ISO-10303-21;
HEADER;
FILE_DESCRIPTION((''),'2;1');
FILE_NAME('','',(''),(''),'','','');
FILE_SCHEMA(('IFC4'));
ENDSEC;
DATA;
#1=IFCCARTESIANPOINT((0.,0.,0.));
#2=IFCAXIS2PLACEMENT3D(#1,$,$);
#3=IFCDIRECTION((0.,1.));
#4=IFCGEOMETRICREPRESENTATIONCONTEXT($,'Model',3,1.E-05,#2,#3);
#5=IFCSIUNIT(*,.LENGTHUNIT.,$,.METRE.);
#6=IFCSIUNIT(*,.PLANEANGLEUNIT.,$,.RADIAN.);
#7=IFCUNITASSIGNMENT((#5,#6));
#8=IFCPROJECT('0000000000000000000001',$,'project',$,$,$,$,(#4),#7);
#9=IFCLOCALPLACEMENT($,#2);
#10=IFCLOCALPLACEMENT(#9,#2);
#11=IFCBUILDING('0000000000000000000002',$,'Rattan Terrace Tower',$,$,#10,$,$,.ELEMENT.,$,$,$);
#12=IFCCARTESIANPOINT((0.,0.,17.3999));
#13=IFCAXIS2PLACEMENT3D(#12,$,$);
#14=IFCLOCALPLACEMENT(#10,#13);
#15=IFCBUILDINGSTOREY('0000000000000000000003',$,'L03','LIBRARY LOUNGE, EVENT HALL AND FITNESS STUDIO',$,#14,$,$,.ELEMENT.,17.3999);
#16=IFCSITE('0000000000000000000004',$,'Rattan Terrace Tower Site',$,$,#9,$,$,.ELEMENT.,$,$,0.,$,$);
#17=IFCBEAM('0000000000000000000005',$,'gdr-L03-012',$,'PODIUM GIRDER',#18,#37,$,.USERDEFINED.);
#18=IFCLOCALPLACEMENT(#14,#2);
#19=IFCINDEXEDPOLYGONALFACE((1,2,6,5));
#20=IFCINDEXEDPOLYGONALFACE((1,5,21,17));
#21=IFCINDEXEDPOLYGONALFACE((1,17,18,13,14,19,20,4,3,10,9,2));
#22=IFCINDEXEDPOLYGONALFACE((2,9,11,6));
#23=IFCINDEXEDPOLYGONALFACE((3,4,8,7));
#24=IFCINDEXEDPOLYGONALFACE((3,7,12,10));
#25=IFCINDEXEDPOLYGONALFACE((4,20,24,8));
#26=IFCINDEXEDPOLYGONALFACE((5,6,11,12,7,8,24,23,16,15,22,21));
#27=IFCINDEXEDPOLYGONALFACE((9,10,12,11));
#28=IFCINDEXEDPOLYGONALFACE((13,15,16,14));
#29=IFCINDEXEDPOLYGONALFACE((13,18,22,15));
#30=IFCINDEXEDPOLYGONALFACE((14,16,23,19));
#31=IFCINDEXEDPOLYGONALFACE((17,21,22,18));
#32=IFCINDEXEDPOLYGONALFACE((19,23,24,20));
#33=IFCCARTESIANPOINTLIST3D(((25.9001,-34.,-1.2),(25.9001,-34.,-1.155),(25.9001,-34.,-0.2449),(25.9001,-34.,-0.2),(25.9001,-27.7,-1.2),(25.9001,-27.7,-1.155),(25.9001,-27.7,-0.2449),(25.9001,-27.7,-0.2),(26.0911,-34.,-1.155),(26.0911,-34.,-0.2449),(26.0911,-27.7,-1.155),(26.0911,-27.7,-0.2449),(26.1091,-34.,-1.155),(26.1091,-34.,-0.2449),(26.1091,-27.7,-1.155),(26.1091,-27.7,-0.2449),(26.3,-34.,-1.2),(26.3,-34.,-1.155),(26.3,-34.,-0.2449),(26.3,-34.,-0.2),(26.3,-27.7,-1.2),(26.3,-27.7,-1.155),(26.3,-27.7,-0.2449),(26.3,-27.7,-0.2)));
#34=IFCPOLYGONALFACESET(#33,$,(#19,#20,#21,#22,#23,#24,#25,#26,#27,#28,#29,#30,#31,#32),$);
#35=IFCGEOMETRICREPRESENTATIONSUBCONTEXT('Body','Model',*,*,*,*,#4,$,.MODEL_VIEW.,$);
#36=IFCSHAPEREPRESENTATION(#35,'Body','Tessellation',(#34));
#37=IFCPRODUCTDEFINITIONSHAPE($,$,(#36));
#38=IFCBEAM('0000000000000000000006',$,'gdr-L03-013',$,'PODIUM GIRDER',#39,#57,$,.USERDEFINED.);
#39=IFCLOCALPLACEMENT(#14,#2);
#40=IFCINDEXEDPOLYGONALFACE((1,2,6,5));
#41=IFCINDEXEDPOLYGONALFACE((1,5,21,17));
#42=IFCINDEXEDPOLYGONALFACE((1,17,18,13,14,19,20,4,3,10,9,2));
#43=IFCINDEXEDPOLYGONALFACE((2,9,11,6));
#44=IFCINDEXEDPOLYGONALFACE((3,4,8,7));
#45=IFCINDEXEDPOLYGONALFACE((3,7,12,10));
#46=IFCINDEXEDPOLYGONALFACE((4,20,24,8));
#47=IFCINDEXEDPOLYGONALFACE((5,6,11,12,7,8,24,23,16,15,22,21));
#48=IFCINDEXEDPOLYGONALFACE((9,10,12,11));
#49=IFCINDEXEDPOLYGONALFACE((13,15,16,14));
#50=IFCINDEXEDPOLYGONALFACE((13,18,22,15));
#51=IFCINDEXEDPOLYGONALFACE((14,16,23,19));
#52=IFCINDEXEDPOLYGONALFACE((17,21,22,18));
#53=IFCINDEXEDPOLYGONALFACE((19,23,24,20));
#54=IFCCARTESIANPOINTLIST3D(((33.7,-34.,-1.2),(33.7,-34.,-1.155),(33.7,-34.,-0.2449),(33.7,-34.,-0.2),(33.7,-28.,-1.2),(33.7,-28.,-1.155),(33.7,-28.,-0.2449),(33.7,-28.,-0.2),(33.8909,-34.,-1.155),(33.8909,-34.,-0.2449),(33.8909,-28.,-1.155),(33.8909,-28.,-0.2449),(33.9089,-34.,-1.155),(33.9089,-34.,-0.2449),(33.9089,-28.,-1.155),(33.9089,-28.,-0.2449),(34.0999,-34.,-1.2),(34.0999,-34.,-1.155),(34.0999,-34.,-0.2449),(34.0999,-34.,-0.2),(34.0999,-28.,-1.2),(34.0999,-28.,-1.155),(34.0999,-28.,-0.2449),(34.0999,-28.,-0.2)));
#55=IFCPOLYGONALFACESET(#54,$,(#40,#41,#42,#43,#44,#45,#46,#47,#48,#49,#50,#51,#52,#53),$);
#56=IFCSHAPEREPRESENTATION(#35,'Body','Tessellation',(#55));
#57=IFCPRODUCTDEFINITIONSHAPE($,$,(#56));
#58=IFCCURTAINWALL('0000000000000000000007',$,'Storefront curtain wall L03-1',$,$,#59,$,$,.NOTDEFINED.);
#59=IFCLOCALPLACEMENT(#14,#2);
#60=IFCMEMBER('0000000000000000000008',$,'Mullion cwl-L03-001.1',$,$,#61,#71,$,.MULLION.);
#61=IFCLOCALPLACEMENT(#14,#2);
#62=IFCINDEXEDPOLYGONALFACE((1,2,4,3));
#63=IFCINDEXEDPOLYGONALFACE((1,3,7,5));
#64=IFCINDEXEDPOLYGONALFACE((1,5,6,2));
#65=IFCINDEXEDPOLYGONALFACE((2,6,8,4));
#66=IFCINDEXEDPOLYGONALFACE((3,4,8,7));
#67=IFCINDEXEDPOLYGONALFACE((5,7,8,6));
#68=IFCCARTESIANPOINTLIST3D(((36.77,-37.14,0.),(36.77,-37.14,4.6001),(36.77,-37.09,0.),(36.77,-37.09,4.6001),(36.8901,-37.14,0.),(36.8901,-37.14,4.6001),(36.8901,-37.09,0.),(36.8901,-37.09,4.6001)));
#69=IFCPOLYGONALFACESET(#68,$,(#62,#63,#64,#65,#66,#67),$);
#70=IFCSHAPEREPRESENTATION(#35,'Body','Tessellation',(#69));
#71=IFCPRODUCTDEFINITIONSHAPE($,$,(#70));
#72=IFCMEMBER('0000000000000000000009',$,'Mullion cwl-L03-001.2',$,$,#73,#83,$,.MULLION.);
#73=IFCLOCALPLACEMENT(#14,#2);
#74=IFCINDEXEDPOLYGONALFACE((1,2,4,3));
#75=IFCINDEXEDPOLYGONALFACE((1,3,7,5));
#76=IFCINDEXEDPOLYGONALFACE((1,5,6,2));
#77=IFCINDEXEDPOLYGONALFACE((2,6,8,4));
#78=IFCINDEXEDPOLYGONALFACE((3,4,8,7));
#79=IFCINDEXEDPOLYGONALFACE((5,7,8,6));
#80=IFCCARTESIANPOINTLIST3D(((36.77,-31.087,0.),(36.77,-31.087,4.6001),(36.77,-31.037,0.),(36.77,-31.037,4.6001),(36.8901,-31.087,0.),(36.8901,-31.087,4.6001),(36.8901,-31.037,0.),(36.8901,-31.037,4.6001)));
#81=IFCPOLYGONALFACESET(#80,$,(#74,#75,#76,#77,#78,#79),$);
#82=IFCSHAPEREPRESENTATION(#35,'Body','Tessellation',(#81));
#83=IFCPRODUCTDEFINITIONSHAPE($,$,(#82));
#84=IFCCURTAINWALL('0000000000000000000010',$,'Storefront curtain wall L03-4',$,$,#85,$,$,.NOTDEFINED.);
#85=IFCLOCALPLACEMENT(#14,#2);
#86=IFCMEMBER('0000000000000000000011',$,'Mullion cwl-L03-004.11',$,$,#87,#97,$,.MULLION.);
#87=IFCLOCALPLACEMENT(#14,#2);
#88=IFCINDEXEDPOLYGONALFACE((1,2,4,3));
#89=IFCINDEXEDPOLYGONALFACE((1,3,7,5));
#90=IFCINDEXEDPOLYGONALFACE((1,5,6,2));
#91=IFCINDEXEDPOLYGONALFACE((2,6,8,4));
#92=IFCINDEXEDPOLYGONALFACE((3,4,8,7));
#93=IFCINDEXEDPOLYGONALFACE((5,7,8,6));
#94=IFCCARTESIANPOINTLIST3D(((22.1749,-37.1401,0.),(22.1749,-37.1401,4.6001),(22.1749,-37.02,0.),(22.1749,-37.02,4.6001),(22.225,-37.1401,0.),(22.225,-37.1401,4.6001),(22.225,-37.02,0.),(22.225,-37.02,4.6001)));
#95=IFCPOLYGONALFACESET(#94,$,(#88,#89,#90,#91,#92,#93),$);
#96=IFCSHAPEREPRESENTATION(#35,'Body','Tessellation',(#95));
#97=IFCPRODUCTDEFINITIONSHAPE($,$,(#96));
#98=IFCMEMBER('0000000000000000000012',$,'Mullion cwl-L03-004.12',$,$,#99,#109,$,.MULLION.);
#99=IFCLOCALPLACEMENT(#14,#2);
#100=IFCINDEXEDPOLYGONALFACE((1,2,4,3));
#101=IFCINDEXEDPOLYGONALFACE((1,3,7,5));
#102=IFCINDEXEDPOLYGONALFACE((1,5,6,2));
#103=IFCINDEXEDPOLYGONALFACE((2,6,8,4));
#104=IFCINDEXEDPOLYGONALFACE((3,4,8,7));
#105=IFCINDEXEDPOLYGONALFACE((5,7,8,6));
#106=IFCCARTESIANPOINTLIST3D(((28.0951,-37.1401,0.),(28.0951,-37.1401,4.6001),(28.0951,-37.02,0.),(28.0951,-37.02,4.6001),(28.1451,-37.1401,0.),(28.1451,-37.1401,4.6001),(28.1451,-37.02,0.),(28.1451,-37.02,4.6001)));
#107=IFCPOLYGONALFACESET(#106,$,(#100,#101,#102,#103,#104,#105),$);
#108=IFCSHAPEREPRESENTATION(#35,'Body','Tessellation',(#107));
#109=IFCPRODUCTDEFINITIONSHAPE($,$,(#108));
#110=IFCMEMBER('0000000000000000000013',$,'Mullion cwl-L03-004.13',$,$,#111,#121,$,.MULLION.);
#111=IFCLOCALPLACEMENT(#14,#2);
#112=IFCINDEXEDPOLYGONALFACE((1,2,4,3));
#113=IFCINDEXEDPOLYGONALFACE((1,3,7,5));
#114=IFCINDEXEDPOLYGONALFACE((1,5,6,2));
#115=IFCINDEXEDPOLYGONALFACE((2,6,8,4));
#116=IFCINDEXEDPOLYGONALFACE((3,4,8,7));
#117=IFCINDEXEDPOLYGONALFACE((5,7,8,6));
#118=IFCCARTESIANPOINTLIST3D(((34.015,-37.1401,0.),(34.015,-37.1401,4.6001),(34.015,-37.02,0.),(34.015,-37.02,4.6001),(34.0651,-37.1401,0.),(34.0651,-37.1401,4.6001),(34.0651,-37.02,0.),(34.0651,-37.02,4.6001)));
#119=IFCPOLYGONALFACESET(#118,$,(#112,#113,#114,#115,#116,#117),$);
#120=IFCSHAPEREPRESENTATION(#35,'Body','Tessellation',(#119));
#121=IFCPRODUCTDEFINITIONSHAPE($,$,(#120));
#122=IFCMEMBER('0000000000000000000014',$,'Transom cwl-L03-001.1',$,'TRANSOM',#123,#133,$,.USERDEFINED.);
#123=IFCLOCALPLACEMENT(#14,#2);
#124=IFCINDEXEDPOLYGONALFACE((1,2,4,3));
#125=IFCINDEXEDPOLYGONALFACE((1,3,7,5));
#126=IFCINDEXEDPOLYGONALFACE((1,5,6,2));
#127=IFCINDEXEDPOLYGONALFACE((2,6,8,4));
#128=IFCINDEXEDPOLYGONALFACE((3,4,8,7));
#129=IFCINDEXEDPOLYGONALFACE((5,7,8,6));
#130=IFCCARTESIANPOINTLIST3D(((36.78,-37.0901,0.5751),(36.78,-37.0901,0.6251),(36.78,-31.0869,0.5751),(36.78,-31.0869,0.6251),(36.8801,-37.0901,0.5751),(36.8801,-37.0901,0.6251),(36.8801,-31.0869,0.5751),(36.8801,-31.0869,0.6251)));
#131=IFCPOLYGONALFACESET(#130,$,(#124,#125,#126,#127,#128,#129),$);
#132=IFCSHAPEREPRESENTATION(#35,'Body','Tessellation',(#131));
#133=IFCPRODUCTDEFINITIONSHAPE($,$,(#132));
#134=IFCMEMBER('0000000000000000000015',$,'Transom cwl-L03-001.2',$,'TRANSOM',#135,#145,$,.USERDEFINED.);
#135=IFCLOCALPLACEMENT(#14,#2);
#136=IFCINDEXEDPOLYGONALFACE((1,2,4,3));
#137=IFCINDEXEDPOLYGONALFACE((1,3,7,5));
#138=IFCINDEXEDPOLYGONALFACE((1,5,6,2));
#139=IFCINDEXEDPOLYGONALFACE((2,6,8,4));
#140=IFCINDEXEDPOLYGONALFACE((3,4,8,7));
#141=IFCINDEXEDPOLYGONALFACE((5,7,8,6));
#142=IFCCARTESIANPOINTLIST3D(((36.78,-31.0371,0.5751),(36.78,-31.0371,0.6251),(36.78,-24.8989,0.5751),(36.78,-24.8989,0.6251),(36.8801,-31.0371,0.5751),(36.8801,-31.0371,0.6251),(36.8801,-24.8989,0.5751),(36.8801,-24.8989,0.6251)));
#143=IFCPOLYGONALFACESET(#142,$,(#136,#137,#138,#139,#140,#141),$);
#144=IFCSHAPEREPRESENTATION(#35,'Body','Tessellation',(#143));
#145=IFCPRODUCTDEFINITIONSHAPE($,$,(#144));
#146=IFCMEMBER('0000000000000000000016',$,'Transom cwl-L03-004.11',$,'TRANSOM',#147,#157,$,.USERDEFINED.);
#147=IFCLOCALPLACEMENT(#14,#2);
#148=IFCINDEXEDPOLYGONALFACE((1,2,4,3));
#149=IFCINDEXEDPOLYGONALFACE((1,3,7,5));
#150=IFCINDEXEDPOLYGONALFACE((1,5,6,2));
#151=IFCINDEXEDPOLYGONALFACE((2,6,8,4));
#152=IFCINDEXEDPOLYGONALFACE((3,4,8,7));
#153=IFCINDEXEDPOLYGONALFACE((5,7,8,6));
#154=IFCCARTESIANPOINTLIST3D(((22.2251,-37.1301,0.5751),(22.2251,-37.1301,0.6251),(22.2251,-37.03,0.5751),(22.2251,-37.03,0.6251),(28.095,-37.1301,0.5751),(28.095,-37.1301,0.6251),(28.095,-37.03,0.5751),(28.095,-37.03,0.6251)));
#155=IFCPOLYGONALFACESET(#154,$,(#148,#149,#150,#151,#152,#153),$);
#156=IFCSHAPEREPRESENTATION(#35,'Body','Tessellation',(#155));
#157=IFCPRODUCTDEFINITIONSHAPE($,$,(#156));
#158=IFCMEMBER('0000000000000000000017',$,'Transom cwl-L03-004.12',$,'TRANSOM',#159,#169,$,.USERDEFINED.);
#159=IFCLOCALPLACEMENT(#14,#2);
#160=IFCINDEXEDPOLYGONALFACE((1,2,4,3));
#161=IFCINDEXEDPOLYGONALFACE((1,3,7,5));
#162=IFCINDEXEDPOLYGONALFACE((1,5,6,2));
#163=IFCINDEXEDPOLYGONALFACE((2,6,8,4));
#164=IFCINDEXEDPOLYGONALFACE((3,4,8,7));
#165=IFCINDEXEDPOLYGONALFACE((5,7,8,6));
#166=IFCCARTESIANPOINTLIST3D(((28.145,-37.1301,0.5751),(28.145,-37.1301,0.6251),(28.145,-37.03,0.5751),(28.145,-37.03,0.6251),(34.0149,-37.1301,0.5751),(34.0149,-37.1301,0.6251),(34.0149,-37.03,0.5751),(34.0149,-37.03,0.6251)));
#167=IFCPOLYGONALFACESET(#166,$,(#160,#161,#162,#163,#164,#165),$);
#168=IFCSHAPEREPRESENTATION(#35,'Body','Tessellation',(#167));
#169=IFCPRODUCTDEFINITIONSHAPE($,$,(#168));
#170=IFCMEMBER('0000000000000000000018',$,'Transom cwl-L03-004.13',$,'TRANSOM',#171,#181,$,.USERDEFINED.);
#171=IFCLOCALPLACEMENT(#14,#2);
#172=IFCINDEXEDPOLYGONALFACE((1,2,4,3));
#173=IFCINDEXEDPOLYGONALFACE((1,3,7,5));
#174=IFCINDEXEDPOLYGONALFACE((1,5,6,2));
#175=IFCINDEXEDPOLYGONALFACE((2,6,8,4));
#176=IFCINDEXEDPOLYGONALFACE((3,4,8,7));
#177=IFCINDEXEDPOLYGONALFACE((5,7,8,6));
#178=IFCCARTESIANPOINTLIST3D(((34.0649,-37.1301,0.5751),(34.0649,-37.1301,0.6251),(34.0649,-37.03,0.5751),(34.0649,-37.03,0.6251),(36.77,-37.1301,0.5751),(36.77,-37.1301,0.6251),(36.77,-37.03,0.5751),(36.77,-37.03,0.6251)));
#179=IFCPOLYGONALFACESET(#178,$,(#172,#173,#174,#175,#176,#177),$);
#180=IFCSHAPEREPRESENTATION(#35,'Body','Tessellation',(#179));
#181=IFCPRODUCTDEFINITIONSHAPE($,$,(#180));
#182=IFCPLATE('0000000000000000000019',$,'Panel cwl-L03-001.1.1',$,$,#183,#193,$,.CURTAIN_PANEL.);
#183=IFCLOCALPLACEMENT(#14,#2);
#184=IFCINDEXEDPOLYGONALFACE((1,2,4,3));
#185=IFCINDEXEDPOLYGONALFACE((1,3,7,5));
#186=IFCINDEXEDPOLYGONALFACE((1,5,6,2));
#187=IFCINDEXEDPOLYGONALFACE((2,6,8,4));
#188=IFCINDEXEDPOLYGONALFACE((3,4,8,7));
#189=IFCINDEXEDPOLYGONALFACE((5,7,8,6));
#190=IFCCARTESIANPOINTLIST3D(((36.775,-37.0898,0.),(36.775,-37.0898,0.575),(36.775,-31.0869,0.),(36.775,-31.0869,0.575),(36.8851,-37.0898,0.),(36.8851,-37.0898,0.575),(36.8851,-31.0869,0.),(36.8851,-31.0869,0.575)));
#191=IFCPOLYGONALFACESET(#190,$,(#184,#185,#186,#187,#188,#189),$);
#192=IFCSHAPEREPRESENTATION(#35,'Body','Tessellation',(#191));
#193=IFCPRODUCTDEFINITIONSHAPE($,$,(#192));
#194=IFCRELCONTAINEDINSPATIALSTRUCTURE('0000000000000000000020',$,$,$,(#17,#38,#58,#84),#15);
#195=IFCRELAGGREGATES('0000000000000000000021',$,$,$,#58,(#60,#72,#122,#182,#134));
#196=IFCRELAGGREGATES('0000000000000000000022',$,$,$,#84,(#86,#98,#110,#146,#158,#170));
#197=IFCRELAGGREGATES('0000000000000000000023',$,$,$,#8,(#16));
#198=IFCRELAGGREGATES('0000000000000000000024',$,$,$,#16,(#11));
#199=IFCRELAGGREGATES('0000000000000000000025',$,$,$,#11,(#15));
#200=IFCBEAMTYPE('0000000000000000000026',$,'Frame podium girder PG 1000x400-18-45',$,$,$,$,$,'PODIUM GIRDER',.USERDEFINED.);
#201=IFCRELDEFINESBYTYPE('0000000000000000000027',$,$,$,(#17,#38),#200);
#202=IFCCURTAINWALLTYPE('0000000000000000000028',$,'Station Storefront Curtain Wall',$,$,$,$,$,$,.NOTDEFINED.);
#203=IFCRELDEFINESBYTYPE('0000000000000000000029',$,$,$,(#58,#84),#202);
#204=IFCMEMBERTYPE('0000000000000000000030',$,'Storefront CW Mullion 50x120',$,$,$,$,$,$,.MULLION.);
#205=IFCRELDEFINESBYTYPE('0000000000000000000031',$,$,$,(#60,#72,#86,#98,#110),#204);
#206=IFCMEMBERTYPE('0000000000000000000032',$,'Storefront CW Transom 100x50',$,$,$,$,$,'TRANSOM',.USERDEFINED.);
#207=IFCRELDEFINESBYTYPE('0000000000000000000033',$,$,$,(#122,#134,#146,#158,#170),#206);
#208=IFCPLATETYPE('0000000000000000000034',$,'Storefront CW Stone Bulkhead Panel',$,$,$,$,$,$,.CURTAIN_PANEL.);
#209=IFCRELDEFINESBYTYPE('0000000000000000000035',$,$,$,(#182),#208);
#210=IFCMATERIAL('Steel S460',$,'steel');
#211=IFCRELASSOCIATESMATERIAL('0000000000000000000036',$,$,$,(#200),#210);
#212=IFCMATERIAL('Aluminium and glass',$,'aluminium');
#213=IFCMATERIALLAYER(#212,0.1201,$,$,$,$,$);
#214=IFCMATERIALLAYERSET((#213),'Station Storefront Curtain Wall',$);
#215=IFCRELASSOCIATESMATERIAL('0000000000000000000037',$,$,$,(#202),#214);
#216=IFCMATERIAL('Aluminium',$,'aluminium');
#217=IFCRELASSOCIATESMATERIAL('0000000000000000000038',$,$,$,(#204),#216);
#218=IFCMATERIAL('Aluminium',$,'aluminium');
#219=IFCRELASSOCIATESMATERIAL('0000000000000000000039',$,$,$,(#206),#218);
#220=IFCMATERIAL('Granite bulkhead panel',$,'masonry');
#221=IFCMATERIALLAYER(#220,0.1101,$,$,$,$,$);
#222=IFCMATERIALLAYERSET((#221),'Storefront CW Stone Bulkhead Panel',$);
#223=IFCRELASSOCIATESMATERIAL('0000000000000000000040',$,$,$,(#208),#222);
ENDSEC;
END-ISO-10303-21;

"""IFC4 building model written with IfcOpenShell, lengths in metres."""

from ifc_helpers import new_model, si_unit, direction, frame, origin, origin_2d, place, context, subcontext, project, spatial, rectangle, i_section, extrude, material, layer, layer_set, material_profile, profile_set, type_object, element, aggregate, save


model = new_model("IFC4")

# Units and contexts
model_context = context("Model", 3, precision=1e-05, world=origin(), true_north=direction((0.0, 1.0)))
body_context = subcontext(model_context, "Body", "Model", "MODEL_VIEW")
ifc_project = project(units=[si_unit("LENGTHUNIT", "METRE"), si_unit("PLANEANGLEUNIT", "RADIAN")], contexts=[model_context])

# Site, building, storey
site_placement = place(None, origin())
site = spatial("IfcSite", under=ifc_project, at=site_placement, Name="Rattan Terrace Tower Site", CompositionType="ELEMENT", RefElevation=0.0)
building_placement = place(site_placement, origin())
building = spatial("IfcBuilding", under=site, at=building_placement, Name="Rattan Terrace Tower", CompositionType="ELEMENT")
storey_placement = place(building_placement, frame((0.0, 0.0, 17.3999)))
storey = spatial("IfcBuildingStorey", under=building, at=storey_placement, Name="L03", Description="LIBRARY LOUNGE, EVENT HALL AND FITNESS STUDIO", CompositionType="ELEMENT", Elevation=17.3999)

# Beams
ifc_material_1 = material(Name="Steel S460", Category="steel")
ifc_material_profile_1 = material_profile(ifc_material_1, i_section(OverallWidth=0.3999, OverallDepth=1.0, WebThickness=0.0181, FlangeThickness=0.0449, at=origin_2d()), Name="PG 1000x400-18-45")
ifc_profile_set_1 = profile_set([ifc_material_profile_1], Name="Steel S460")
beam_type_1 = type_object("IfcBeamType", Name="Frame podium girder PG 1000x400-18-45", ElementType="PODIUM GIRDER", PredefinedType="USERDEFINED", material=ifc_profile_set_1)
beam_1_placement = place(storey_placement, frame((26.1001, -34.0, -0.7), z_axis=(0.0, 1.0, 0.0), x_axis=(-1.0, 0.0, 0.0)))
element("IfcBeam", 1, at=beam_1_placement, inside=storey, type_object=beam_type_1, Name="gdr-L03-012", ObjectType="PODIUM GIRDER", PredefinedType="USERDEFINED", context=body_context, shape_type="SweptSolid", body=[
    extrude(i_section(OverallWidth=0.3999, OverallDepth=1.0, WebThickness=0.0181, FlangeThickness=0.0449, at=origin_2d()), origin(), (0.0, 0.0, 1.0), 6.3),
])
beam_2_placement = place(storey_placement, frame((33.8999, -34.0, -0.7), z_axis=(0.0, 1.0, 0.0), x_axis=(-1.0, 0.0, 0.0)))
element("IfcBeam", 2, at=beam_2_placement, inside=storey, type_object=beam_type_1, Name="gdr-L03-013", ObjectType="PODIUM GIRDER", PredefinedType="USERDEFINED", context=body_context, shape_type="SweptSolid", body=[
    extrude(i_section(OverallWidth=0.3999, OverallDepth=1.0, WebThickness=0.0181, FlangeThickness=0.0449, at=origin_2d()), origin(), (0.0, 0.0, 1.0), 6.0),
])

# Curtain walls, members
ifc_material_2 = material(Name="Aluminium and glass", Category="aluminium")
ifc_layer_1 = layer(ifc_material_2, 0.1201)
ifc_layer_set_1 = layer_set([ifc_layer_1], Name="Station Storefront Curtain Wall")
curtain_wall_type = type_object("IfcCurtainWallType", Name="Station Storefront Curtain Wall", PredefinedType="NOTDEFINED", material=ifc_layer_set_1)
curtain_wall_1_placement = place(storey_placement, origin())
curtain_wall_1 = element("IfcCurtainWall", 3, at=curtain_wall_1_placement, inside=storey, type_object=curtain_wall_type, Name="Storefront curtain wall L03-1", PredefinedType="NOTDEFINED")
ifc_material_3 = material(Name="Aluminium", Category="aluminium")
ifc_material_profile_2 = material_profile(ifc_material_3, rectangle(XDim=0.05, YDim=0.1201, at=origin_2d()), Name="Aluminium 50x120")
ifc_profile_set_2 = profile_set([ifc_material_profile_2], Name="Aluminium")
member_type_1 = type_object("IfcMemberType", Name="Storefront CW Mullion 50x120", PredefinedType="MULLION", material=ifc_profile_set_2)
member_1_placement = place(storey_placement, frame((36.8301, -37.115, 0.0), z_axis=(0.0, 0.0, 1.0), x_axis=(0.0, 1.0, 0.0)))
member_1 = element("IfcMember", 4, at=member_1_placement, type_object=member_type_1, Name="Mullion cwl-L03-001.1", PredefinedType="MULLION", context=body_context, shape_type="SweptSolid", body=[
    extrude(rectangle(XDim=0.05, YDim=0.1201, at=origin_2d()), origin(), (0.0, 0.0, 1.0), 4.6001),
])
member_2_placement = place(storey_placement, frame((36.8301, -31.062, 0.0), z_axis=(0.0, 0.0, 1.0), x_axis=(0.0, 1.0, 0.0)))
member_2 = element("IfcMember", 5, at=member_2_placement, type_object=member_type_1, Name="Mullion cwl-L03-001.2", PredefinedType="MULLION", context=body_context, shape_type="SweptSolid", body=[
    extrude(rectangle(XDim=0.05, YDim=0.1201, at=origin_2d()), origin(), (0.0, 0.0, 1.0), 4.6001),
])
curtain_wall_2_placement = place(storey_placement, origin())
curtain_wall_2 = element("IfcCurtainWall", 6, at=curtain_wall_2_placement, inside=storey, type_object=curtain_wall_type, Name="Storefront curtain wall L03-4", PredefinedType="NOTDEFINED")
member_3_placement = place(storey_placement, frame((22.2, -37.0801, 0.0), z_axis=(0.0, 0.0, 1.0), x_axis=(1.0, 0.0, 0.0)))
member_3 = element("IfcMember", 7, at=member_3_placement, type_object=member_type_1, Name="Mullion cwl-L03-004.11", PredefinedType="MULLION", context=body_context, shape_type="SweptSolid", body=[
    extrude(rectangle(XDim=0.05, YDim=0.1201, at=origin_2d()), origin(), (0.0, 0.0, 1.0), 4.6001),
])
member_4_placement = place(storey_placement, frame((28.1201, -37.0801, 0.0), z_axis=(0.0, 0.0, 1.0), x_axis=(1.0, 0.0, 0.0)))
member_4 = element("IfcMember", 8, at=member_4_placement, type_object=member_type_1, Name="Mullion cwl-L03-004.12", PredefinedType="MULLION", context=body_context, shape_type="SweptSolid", body=[
    extrude(rectangle(XDim=0.05, YDim=0.1201, at=origin_2d()), origin(), (0.0, 0.0, 1.0), 4.6001),
])
member_5_placement = place(storey_placement, frame((34.04, -37.0801, 0.0), z_axis=(0.0, 0.0, 1.0), x_axis=(1.0, 0.0, 0.0)))
member_5 = element("IfcMember", 9, at=member_5_placement, type_object=member_type_1, Name="Mullion cwl-L03-004.13", PredefinedType="MULLION", context=body_context, shape_type="SweptSolid", body=[
    extrude(rectangle(XDim=0.05, YDim=0.1201, at=origin_2d()), origin(), (0.0, 0.0, 1.0), 4.6001),
])

# Members
ifc_material_4 = material(Name="Aluminium", Category="aluminium")
ifc_material_profile_3 = material_profile(ifc_material_4, rectangle(XDim=0.1001, YDim=0.05, at=origin_2d()), Name="Aluminium 100x50")
ifc_profile_set_3 = profile_set([ifc_material_profile_3], Name="Aluminium")
member_type_2 = type_object("IfcMemberType", Name="Storefront CW Transom 100x50", ElementType="TRANSOM", PredefinedType="USERDEFINED", material=ifc_profile_set_3)
member_6_placement = place(storey_placement, frame((36.8301, -37.0901, 0.6001), z_axis=(0.0, 1.0, 0.0), x_axis=(-1.0, 0.0, 0.0)))
member_6 = element("IfcMember", 10, at=member_6_placement, type_object=member_type_2, Name="Transom cwl-L03-001.1", ObjectType="TRANSOM", PredefinedType="USERDEFINED", context=body_context, shape_type="SweptSolid", body=[
    extrude(rectangle(XDim=0.1001, YDim=0.05, at=origin_2d()), origin(), (0.0, 0.0, 1.0), 6.0032),
])
member_7_placement = place(storey_placement, frame((36.8301, -31.0371, 0.6001), z_axis=(0.0, 1.0, 0.0), x_axis=(-1.0, 0.0, 0.0)))
member_7 = element("IfcMember", 11, at=member_7_placement, type_object=member_type_2, Name="Transom cwl-L03-001.2", ObjectType="TRANSOM", PredefinedType="USERDEFINED", context=body_context, shape_type="SweptSolid", body=[
    extrude(rectangle(XDim=0.1001, YDim=0.05, at=origin_2d()), origin(), (0.0, 0.0, 1.0), 6.1382),
])
member_8_placement = place(storey_placement, frame((22.2251, -37.0801, 0.6001), z_axis=(1.0, 0.0, 0.0), x_axis=(0.0, 1.0, 0.0)))
member_8 = element("IfcMember", 12, at=member_8_placement, type_object=member_type_2, Name="Transom cwl-L03-004.11", ObjectType="TRANSOM", PredefinedType="USERDEFINED", context=body_context, shape_type="SweptSolid", body=[
    extrude(rectangle(XDim=0.1001, YDim=0.05, at=origin_2d()), origin(), (0.0, 0.0, 1.0), 5.8699),
])
member_9_placement = place(storey_placement, frame((28.145, -37.0801, 0.6001), z_axis=(1.0, 0.0, 0.0), x_axis=(0.0, 1.0, 0.0)))
member_9 = element("IfcMember", 13, at=member_9_placement, type_object=member_type_2, Name="Transom cwl-L03-004.12", ObjectType="TRANSOM", PredefinedType="USERDEFINED", context=body_context, shape_type="SweptSolid", body=[
    extrude(rectangle(XDim=0.1001, YDim=0.05, at=origin_2d()), origin(), (0.0, 0.0, 1.0), 5.8699),
])
member_10_placement = place(storey_placement, frame((34.0649, -37.0801, 0.6001), z_axis=(1.0, 0.0, 0.0), x_axis=(0.0, 1.0, 0.0)))
member_10 = element("IfcMember", 14, at=member_10_placement, type_object=member_type_2, Name="Transom cwl-L03-004.13", ObjectType="TRANSOM", PredefinedType="USERDEFINED", context=body_context, shape_type="SweptSolid", body=[
    extrude(rectangle(XDim=0.1001, YDim=0.05, at=origin_2d()), origin(), (0.0, 0.0, 1.0), 2.7051),
])

# Plate
ifc_material_5 = material(Name="Granite bulkhead panel", Category="masonry")
ifc_layer_2 = layer(ifc_material_5, 0.1101)
ifc_layer_set_2 = layer_set([ifc_layer_2], Name="Storefront CW Stone Bulkhead Panel")
plate_type_1 = type_object("IfcPlateType", Name="Storefront CW Stone Bulkhead Panel", PredefinedType="CURTAIN_PANEL", material=ifc_layer_set_2)
plate_1_placement = place(storey_placement, frame((36.8301, -34.0884, 0.0), z_axis=(0.0, 0.0, 1.0), x_axis=(0.0, 1.0, 0.0)))
plate_1 = element("IfcPlate", 15, at=plate_1_placement, type_object=plate_type_1, Name="Panel cwl-L03-001.1.1", PredefinedType="CURTAIN_PANEL", context=body_context, shape_type="SweptSolid", body=[
    extrude(rectangle(XDim=6.0029, YDim=0.1101, at=origin_2d()), origin(), (0.0, 0.0, 1.0), 0.575),
])
aggregate(curtain_wall_1, [member_1, member_2, member_6, plate_1, member_7])
aggregate(curtain_wall_2, [member_3, member_4, member_5, member_8, member_9, member_10])

save(model, "model.ifc")
